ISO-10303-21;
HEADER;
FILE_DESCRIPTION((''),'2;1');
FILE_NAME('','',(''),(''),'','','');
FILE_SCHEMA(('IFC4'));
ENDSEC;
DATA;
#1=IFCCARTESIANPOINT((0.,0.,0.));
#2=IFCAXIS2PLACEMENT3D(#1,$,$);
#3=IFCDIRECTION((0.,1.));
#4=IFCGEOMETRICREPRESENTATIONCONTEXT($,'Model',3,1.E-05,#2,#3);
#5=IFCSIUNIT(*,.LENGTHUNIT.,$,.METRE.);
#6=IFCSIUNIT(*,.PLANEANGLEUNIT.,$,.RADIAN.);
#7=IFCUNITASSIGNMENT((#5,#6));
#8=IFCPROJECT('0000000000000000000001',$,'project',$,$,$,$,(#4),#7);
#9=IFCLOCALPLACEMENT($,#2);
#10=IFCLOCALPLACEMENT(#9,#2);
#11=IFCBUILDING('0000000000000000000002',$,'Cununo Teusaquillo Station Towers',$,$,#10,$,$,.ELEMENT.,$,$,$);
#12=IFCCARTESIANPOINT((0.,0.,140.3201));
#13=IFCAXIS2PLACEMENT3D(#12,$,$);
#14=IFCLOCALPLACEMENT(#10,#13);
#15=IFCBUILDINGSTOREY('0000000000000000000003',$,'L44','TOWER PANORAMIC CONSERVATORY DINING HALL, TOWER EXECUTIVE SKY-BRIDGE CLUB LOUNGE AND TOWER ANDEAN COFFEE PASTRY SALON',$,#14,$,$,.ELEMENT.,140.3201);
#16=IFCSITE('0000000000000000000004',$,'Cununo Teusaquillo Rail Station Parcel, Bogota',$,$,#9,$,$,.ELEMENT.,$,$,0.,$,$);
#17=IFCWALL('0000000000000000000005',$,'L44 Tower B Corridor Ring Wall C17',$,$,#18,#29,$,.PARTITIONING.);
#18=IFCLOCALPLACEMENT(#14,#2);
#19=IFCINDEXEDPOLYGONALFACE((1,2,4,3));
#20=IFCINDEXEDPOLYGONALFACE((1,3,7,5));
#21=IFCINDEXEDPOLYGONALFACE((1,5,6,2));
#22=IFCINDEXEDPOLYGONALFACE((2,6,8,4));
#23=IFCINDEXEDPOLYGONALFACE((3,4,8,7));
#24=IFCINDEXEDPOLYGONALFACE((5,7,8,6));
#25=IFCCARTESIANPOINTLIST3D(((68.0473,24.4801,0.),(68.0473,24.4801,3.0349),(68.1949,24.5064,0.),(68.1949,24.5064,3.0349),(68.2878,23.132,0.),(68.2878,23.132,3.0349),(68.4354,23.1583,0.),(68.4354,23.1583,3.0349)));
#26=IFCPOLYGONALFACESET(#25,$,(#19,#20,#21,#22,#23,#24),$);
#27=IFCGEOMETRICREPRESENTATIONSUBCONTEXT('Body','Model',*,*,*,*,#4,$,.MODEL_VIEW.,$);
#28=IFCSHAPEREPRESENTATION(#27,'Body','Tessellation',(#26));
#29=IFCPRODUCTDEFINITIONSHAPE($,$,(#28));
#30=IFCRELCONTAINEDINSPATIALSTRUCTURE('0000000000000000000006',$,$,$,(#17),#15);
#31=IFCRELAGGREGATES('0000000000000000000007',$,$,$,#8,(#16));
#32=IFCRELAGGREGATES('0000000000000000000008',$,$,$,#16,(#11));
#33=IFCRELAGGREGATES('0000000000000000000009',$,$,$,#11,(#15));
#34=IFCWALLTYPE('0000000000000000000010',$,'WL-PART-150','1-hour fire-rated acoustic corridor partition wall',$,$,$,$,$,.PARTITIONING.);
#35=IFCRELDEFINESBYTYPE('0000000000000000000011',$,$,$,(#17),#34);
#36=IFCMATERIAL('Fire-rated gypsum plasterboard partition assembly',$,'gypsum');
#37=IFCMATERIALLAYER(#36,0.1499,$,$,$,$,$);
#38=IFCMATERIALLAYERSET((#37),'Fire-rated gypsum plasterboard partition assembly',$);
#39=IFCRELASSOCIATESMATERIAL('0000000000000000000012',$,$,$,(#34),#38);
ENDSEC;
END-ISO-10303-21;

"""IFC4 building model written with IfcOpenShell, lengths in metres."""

from ifc_helpers import new_model, si_unit, direction, frame, frame_2d, origin, place, context, subcontext, project, spatial, rectangle, extrude, material, layer, layer_set, type_object, element, save


model = new_model("IFC4")

# Units and contexts
model_context = context("Model", 3, precision=1e-05, world=origin(), true_north=direction((0.0, 1.0)))
body_context = subcontext(model_context, "Body", "Model", "MODEL_VIEW")
ifc_project = project(units=[si_unit("LENGTHUNIT", "METRE"), si_unit("PLANEANGLEUNIT", "RADIAN")], contexts=[model_context])

# Site, building, storey
site_placement = place(None, origin())
site = spatial("IfcSite", under=ifc_project, at=site_placement, Name="Cununo Teusaquillo Rail Station Parcel, Bogota", CompositionType="ELEMENT", RefElevation=0.0)
building_placement = place(site_placement, origin())
building = spatial("IfcBuilding", under=site, at=building_placement, Name="Cununo Teusaquillo Station Towers", CompositionType="ELEMENT")
storey_placement = place(building_placement, frame((0.0, 0.0, 140.3201)))
storey = spatial("IfcBuildingStorey", under=building, at=storey_placement, Name="L44", Description="TOWER PANORAMIC CONSERVATORY DINING HALL, TOWER EXECUTIVE SKY-BRIDGE CLUB LOUNGE AND TOWER ANDEAN COFFEE PASTRY SALON", CompositionType="ELEMENT", Elevation=140.3201)

# Shared definitions
ifc_material_1 = material(Name="Fire-rated gypsum plasterboard partition assembly", Category="gypsum")
ifc_layer_1 = layer(ifc_material_1, 0.1499)
ifc_layer_set_1 = layer_set([ifc_layer_1], Name="Fire-rated gypsum plasterboard partition assembly")
wall_type_1 = type_object("IfcWallType", Name="WL-PART-150", Description="1-hour fire-rated acoustic corridor partition wall", PredefinedType="PARTITIONING", material=ifc_layer_set_1)

# Wall
wall_1_placement = place(storey_placement, frame((68.3616, 23.1453, 0.0), z_axis=(0.0, 0.0, 1.0), x_axis=(-0.175606, 0.984461, 0.0)))
element("IfcWall", 1, at=wall_1_placement, inside=storey, type_object=wall_type_1, Name="L44 Tower B Corridor Ring Wall C17", PredefinedType="PARTITIONING", context=body_context, shape_type="SweptSolid", body=[
    extrude(rectangle(XDim=1.3694, YDim=0.1499, at=frame_2d((0.6846, 0.0))), origin(), (0.0, 0.0, 1.0), 3.0349),
])

save(model, "model.ifc")
